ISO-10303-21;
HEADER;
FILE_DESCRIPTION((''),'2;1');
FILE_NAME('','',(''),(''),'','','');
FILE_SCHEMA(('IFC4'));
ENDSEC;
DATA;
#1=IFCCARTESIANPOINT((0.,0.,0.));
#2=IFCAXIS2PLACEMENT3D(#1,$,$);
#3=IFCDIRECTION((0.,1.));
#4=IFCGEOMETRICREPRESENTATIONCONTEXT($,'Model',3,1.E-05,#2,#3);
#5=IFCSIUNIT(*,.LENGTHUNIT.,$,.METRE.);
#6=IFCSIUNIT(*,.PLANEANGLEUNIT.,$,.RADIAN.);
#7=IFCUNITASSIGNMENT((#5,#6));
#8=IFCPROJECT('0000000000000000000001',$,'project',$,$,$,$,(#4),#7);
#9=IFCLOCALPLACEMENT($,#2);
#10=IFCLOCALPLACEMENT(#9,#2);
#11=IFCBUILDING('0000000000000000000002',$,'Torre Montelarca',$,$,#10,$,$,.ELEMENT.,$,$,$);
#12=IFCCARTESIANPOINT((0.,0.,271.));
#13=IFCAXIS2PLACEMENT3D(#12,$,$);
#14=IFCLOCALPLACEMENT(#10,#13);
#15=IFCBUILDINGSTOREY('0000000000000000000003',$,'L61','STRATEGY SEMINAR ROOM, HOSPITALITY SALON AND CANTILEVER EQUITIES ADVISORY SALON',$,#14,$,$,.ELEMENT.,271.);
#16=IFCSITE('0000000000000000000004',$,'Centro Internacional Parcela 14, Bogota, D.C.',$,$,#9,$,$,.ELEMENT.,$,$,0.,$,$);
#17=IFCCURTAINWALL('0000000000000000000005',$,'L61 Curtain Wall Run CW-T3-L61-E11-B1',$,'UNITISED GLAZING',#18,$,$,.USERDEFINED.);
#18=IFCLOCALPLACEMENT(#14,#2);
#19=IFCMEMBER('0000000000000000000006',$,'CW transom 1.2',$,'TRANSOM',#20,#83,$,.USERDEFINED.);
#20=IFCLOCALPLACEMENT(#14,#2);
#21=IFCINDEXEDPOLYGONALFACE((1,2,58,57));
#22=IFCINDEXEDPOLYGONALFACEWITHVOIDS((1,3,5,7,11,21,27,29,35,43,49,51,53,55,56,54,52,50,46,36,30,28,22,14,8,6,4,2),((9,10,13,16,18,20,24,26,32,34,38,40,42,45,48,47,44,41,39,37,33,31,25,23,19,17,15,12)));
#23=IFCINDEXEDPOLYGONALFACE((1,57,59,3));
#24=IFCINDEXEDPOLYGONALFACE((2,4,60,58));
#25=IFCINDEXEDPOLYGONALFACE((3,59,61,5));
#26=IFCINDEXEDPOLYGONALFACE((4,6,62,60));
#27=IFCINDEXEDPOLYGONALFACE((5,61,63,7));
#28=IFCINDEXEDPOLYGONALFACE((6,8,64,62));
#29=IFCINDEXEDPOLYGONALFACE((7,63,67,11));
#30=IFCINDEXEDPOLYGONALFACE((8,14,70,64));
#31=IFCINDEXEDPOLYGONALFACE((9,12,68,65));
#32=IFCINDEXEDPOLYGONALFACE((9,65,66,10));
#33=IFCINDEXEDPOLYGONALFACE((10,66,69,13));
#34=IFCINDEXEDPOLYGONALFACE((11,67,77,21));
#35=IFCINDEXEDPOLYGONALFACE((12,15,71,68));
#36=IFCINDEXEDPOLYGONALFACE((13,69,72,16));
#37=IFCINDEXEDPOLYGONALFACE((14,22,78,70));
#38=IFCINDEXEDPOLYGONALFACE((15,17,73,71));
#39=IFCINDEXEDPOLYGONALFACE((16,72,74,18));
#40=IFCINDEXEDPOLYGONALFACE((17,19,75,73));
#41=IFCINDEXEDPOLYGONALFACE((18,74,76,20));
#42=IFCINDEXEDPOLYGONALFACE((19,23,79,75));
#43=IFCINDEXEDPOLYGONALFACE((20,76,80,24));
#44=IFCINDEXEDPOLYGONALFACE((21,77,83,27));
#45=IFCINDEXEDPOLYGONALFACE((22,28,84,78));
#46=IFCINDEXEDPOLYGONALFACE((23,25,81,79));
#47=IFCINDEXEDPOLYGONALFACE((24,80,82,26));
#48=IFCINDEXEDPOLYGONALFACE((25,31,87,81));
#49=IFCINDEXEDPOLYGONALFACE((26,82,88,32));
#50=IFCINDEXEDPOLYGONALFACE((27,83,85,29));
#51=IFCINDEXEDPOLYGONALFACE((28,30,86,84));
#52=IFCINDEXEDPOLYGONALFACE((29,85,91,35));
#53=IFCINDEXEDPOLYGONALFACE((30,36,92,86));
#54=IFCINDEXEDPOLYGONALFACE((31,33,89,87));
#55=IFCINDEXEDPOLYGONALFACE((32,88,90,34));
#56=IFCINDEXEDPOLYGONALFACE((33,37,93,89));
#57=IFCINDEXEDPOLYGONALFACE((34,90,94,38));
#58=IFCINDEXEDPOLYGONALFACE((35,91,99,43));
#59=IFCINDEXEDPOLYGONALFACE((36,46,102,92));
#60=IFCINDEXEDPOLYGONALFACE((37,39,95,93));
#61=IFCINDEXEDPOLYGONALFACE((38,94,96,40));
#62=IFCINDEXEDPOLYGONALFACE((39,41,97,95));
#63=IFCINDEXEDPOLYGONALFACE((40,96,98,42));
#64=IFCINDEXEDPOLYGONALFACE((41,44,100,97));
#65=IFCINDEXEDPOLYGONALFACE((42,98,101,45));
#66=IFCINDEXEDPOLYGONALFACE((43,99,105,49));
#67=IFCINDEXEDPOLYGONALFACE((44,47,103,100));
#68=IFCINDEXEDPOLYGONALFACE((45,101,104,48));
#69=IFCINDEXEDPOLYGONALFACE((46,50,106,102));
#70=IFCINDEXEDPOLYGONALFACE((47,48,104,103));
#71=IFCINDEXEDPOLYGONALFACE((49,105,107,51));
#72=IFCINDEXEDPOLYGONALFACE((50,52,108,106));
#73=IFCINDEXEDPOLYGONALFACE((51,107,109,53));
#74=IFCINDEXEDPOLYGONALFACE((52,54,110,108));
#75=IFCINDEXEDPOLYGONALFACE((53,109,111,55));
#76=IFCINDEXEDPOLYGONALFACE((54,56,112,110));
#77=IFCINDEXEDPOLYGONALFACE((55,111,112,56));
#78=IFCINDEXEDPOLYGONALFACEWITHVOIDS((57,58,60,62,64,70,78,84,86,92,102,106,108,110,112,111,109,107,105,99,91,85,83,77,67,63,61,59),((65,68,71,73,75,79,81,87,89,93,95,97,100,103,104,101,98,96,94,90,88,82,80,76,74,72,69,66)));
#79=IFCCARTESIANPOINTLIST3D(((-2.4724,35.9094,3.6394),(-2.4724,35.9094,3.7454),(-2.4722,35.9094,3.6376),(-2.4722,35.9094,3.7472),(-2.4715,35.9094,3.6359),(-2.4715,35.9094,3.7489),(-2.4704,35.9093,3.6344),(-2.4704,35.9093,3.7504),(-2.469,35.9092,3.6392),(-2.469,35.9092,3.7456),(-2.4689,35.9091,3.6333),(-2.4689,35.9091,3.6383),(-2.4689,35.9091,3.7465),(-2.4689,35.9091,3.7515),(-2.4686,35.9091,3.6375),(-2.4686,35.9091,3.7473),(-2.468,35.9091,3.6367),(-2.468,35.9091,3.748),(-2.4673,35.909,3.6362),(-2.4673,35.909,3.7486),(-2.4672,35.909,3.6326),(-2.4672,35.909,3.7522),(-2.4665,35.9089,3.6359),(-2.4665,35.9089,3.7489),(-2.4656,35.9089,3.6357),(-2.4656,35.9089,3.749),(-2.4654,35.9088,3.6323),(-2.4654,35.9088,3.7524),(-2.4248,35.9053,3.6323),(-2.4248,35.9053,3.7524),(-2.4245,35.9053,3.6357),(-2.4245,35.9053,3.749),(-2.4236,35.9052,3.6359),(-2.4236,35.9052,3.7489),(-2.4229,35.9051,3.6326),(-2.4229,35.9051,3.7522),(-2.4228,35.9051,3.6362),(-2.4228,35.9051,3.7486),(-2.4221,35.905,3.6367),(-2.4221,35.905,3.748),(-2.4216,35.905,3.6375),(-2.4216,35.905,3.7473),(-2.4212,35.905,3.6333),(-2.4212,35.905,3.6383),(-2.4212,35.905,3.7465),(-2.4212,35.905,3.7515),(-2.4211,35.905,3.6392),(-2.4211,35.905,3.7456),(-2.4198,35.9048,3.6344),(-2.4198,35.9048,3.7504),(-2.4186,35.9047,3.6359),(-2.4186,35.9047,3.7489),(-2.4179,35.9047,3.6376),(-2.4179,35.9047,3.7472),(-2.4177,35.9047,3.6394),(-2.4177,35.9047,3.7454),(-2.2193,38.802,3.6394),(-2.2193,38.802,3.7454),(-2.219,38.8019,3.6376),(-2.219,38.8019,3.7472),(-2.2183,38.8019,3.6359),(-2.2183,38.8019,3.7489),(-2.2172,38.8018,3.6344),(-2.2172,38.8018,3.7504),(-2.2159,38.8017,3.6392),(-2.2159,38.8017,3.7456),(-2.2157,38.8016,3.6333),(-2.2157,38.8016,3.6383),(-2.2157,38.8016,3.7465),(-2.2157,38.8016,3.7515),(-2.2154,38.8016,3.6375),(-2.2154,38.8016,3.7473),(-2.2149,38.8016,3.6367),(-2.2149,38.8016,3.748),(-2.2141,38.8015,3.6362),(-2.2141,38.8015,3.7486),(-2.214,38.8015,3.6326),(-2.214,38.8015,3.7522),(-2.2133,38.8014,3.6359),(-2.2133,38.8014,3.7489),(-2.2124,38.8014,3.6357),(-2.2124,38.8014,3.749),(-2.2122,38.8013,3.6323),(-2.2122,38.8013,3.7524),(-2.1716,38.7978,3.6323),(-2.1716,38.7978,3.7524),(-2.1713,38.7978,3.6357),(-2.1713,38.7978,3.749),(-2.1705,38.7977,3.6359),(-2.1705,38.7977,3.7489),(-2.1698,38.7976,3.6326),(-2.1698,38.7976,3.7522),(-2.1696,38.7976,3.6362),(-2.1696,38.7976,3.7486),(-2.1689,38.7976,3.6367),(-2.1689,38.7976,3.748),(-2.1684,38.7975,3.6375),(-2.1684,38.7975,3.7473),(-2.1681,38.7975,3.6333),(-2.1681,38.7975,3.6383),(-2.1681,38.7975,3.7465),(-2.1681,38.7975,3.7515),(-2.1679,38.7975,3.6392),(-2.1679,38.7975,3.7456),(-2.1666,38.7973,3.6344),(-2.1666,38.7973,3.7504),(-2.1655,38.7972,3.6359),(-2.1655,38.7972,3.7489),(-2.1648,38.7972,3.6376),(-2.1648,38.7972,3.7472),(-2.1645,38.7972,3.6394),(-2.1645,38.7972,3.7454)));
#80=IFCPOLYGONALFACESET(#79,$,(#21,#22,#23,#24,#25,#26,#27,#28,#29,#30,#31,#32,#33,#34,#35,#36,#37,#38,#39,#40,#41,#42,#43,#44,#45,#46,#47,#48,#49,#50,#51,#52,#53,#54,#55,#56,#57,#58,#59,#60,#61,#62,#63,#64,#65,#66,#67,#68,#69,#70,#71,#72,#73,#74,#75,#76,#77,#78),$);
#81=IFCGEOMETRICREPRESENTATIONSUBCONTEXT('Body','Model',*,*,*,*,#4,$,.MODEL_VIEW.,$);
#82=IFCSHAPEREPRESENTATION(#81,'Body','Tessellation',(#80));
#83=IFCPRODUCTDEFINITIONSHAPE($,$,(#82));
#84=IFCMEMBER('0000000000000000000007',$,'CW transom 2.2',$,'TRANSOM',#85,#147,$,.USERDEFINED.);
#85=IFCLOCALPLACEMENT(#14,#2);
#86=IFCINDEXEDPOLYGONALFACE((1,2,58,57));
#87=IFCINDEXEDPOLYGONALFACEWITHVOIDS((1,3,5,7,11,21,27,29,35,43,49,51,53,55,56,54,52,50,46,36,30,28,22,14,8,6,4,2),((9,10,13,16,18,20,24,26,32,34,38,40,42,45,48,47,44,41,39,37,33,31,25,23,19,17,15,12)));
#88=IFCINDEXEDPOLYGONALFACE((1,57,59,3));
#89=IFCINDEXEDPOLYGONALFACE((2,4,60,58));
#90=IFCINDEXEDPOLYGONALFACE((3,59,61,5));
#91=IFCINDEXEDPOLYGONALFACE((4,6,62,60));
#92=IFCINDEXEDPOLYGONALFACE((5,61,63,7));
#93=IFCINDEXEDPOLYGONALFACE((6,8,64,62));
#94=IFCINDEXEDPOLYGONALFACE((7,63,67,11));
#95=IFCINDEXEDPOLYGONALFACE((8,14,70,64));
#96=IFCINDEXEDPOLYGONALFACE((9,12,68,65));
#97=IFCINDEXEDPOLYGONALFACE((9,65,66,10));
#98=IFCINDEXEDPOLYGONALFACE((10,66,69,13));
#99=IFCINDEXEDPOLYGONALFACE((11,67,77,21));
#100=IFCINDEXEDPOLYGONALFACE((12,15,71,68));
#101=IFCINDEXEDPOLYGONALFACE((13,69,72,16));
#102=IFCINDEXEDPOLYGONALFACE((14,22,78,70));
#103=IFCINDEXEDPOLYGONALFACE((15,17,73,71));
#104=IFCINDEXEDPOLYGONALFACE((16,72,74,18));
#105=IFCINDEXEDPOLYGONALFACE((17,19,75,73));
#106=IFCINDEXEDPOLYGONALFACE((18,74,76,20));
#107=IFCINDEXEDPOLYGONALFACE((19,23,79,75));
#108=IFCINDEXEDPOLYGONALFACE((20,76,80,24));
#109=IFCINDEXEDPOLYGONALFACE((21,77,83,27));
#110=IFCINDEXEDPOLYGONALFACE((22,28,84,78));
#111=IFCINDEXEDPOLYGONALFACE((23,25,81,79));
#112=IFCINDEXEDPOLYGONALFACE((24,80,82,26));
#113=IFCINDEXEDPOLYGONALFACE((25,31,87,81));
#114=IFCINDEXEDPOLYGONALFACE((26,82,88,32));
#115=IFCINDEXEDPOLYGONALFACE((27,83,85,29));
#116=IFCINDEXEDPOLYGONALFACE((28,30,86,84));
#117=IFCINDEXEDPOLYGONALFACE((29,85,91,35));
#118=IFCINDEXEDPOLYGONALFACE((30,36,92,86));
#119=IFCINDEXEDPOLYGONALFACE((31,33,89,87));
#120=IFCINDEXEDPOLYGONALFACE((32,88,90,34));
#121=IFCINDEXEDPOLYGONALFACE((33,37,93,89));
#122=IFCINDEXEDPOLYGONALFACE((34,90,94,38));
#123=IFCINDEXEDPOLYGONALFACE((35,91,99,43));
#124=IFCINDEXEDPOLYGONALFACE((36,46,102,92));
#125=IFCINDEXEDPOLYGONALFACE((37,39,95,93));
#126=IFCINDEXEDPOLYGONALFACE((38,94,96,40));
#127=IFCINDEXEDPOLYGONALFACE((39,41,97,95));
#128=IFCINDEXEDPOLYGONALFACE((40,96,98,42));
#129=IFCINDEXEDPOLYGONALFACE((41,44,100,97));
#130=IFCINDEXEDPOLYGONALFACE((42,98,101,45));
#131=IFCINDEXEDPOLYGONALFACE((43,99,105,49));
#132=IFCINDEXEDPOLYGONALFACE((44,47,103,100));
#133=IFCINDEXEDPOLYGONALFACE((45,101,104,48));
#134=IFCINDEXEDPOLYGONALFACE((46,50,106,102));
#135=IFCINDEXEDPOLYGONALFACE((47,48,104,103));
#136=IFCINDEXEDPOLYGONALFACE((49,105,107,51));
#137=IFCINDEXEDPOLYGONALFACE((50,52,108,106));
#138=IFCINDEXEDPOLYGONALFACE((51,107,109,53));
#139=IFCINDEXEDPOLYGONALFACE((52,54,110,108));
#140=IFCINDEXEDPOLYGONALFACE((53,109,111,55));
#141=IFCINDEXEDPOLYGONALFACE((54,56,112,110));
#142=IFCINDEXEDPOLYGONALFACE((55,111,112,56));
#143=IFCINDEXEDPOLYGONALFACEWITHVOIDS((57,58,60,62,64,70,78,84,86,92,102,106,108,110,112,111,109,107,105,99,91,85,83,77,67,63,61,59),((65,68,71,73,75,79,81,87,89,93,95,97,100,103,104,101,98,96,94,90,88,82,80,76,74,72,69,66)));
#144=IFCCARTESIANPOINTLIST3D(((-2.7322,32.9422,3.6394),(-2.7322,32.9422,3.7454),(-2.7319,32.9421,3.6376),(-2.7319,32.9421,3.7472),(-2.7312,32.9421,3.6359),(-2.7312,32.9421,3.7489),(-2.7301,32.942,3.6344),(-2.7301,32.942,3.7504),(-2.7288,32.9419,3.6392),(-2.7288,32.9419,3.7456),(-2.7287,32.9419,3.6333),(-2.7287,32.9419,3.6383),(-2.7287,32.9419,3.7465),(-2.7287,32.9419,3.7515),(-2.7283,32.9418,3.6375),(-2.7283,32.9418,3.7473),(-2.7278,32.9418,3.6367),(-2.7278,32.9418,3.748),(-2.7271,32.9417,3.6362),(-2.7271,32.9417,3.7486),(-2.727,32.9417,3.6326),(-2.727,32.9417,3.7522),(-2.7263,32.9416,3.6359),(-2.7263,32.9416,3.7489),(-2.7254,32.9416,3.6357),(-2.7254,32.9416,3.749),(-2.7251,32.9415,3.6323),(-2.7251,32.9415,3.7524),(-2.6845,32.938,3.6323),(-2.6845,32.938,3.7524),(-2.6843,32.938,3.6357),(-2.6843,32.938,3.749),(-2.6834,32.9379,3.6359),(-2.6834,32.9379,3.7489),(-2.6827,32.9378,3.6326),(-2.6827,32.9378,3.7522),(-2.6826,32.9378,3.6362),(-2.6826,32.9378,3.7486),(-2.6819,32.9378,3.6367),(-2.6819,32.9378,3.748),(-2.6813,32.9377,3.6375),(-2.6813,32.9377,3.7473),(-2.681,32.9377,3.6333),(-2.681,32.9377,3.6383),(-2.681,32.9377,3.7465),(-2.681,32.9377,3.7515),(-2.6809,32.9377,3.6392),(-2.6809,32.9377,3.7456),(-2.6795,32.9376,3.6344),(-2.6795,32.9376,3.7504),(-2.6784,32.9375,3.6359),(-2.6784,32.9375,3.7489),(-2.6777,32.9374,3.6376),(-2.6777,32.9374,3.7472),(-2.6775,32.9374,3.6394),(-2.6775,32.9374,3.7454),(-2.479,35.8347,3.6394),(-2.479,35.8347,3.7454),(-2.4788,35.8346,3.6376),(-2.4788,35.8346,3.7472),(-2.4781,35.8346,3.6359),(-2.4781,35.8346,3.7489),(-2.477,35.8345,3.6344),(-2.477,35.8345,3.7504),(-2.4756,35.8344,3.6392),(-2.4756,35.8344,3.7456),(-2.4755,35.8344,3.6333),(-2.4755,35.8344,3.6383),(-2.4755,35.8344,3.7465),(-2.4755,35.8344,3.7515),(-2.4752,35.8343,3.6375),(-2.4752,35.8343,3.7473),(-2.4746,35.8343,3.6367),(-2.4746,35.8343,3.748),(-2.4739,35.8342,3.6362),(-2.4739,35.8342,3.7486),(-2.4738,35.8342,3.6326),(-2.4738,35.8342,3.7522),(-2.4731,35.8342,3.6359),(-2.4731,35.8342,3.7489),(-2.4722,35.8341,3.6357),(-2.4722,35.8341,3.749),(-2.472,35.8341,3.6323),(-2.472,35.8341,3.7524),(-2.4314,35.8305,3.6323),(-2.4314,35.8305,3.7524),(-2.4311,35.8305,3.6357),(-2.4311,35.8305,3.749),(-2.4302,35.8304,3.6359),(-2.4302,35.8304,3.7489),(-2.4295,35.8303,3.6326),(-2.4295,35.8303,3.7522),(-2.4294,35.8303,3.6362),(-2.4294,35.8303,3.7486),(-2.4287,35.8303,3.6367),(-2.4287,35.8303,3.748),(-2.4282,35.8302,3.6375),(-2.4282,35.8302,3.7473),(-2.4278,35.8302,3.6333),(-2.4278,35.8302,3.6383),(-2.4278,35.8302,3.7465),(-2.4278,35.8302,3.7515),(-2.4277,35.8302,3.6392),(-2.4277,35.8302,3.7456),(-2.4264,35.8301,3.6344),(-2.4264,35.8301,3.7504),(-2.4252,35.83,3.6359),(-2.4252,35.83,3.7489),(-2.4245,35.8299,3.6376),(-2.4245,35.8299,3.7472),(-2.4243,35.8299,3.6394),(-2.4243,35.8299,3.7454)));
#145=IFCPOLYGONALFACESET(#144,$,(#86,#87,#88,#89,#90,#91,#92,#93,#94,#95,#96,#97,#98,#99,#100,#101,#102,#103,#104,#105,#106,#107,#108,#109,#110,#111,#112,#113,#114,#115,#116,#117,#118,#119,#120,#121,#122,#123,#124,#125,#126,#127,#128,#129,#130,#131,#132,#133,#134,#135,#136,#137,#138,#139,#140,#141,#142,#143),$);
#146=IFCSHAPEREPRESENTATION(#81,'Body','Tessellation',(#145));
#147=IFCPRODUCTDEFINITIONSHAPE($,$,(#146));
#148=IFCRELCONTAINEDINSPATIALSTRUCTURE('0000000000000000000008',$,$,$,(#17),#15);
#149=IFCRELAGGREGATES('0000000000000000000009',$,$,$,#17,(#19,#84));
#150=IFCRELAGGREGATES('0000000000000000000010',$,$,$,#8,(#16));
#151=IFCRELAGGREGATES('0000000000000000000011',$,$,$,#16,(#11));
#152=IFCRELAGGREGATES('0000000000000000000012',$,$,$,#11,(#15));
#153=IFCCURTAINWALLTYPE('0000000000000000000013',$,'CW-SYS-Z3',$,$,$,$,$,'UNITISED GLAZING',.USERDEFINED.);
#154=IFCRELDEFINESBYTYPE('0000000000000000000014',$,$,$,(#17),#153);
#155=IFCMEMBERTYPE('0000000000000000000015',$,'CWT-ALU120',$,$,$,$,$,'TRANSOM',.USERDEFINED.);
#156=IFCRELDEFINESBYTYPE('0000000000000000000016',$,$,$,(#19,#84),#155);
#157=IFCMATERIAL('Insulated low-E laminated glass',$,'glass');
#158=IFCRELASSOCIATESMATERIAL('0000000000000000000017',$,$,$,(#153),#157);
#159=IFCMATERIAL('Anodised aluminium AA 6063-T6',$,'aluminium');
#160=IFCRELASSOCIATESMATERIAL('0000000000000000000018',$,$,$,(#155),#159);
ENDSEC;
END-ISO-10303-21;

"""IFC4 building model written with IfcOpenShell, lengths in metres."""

from ifc_helpers import new_model, si_unit, direction, frame, origin, origin_2d, place, context, subcontext, project, spatial, hollow_rectangle, extrude, source, transform, mapped, material, material_profile, profile_set, type_object, element, aggregate, save


model = new_model("IFC4")

# Units and contexts
model_context = context("Model", 3, precision=1e-05, world=origin(), true_north=direction((0.0, 1.0)))
body_context = subcontext(model_context, "Body", "Model", "MODEL_VIEW")
ifc_project = project(units=[si_unit("LENGTHUNIT", "METRE"), si_unit("PLANEANGLEUNIT", "RADIAN")], contexts=[model_context])

# Site, building, storey
site_placement = place(None, origin())
site = spatial("IfcSite", under=ifc_project, at=site_placement, Name="Centro Internacional Parcela 14, Bogota, D.C.", CompositionType="ELEMENT", RefElevation=0.0)
building_placement = place(site_placement, origin())
building = spatial("IfcBuilding", under=site, at=building_placement, Name="Torre Montelarca", CompositionType="ELEMENT")
storey_placement = place(building_placement, frame((0.0, 0.0, 271.0)))
storey = spatial("IfcBuildingStorey", under=building, at=storey_placement, Name="L61", Description="STRATEGY SEMINAR ROOM, HOSPITALITY SALON AND CANTILEVER EQUITIES ADVISORY SALON", CompositionType="ELEMENT", Elevation=271.0)

# Curtain wall, members
ifc_material_1 = material(Name="Insulated low-E laminated glass", Category="glass")
curtain_wall_type = type_object("IfcCurtainWallType", Name="CW-SYS-Z3", ElementType="UNITISED GLAZING", PredefinedType="USERDEFINED", material=ifc_material_1)
curtain_wall_1_placement = place(storey_placement, origin())
curtain_wall_1 = element("IfcCurtainWall", 1, at=curtain_wall_1_placement, inside=storey, type_object=curtain_wall_type, Name="L61 Curtain Wall Run CW-T3-L61-E11-B1", ObjectType="UNITISED GLAZING", PredefinedType="USERDEFINED")
ifc_material_2 = material(Name="Anodised aluminium AA 6063-T6", Category="aluminium")
ifc_material_profile_1 = material_profile(ifc_material_2, hollow_rectangle(XDim=0.0549, YDim=0.1201, WallThickness=0.0034, InnerFilletRadius=0.0034, OuterFilletRadius=0.0071, at=origin_2d()), Name="ALU55X120X3.5", Category="aluminium")
ifc_profile_set_1 = profile_set([ifc_material_profile_1], Name="Anodised aluminium AA 6063-T6")
member_type_1 = type_object("IfcMemberType", Name="CWT-ALU120", ElementType="TRANSOM", PredefinedType="USERDEFINED", material=ifc_profile_set_1)
shared_shape_1 = source(origin(), body_context, "Body", "SweptSolid", [
    extrude(hollow_rectangle(XDim=0.0549, YDim=0.1201, WallThickness=0.0034, InnerFilletRadius=0.0034, OuterFilletRadius=0.0071, at=origin_2d()), origin(), (0.0, 0.0, 1.0), 2.9036),
])
member_1_placement = place(storey_placement, frame((-2.1919, 38.7996, 3.6924), z_axis=(-0.087192, -0.996192, 0.0), x_axis=(0.996192, -0.087192, 0.0)))
member_1 = element("IfcMember", 2, at=member_1_placement, type_object=member_type_1, Name="CW transom 1.2", ObjectType="TRANSOM", PredefinedType="USERDEFINED", context=body_context, shape_type="MappedRepresentation", body=[
    mapped(shared_shape_1, transform((0.0, 0.0, 0.0), scale=1.0)),
])
member_2_placement = place(storey_placement, frame((-2.4517, 35.8323, 3.6924), z_axis=(-0.087192, -0.996192, 0.0), x_axis=(0.996192, -0.087192, 0.0)))
member_2 = element("IfcMember", 3, at=member_2_placement, type_object=member_type_1, Name="CW transom 2.2", ObjectType="TRANSOM", PredefinedType="USERDEFINED", context=body_context, shape_type="MappedRepresentation", body=[
    mapped(shared_shape_1, transform((0.0, 0.0, 0.0), scale=1.0)),
])

aggregate(curtain_wall_1, [member_1, member_2])

save(model, "model.ifc")
